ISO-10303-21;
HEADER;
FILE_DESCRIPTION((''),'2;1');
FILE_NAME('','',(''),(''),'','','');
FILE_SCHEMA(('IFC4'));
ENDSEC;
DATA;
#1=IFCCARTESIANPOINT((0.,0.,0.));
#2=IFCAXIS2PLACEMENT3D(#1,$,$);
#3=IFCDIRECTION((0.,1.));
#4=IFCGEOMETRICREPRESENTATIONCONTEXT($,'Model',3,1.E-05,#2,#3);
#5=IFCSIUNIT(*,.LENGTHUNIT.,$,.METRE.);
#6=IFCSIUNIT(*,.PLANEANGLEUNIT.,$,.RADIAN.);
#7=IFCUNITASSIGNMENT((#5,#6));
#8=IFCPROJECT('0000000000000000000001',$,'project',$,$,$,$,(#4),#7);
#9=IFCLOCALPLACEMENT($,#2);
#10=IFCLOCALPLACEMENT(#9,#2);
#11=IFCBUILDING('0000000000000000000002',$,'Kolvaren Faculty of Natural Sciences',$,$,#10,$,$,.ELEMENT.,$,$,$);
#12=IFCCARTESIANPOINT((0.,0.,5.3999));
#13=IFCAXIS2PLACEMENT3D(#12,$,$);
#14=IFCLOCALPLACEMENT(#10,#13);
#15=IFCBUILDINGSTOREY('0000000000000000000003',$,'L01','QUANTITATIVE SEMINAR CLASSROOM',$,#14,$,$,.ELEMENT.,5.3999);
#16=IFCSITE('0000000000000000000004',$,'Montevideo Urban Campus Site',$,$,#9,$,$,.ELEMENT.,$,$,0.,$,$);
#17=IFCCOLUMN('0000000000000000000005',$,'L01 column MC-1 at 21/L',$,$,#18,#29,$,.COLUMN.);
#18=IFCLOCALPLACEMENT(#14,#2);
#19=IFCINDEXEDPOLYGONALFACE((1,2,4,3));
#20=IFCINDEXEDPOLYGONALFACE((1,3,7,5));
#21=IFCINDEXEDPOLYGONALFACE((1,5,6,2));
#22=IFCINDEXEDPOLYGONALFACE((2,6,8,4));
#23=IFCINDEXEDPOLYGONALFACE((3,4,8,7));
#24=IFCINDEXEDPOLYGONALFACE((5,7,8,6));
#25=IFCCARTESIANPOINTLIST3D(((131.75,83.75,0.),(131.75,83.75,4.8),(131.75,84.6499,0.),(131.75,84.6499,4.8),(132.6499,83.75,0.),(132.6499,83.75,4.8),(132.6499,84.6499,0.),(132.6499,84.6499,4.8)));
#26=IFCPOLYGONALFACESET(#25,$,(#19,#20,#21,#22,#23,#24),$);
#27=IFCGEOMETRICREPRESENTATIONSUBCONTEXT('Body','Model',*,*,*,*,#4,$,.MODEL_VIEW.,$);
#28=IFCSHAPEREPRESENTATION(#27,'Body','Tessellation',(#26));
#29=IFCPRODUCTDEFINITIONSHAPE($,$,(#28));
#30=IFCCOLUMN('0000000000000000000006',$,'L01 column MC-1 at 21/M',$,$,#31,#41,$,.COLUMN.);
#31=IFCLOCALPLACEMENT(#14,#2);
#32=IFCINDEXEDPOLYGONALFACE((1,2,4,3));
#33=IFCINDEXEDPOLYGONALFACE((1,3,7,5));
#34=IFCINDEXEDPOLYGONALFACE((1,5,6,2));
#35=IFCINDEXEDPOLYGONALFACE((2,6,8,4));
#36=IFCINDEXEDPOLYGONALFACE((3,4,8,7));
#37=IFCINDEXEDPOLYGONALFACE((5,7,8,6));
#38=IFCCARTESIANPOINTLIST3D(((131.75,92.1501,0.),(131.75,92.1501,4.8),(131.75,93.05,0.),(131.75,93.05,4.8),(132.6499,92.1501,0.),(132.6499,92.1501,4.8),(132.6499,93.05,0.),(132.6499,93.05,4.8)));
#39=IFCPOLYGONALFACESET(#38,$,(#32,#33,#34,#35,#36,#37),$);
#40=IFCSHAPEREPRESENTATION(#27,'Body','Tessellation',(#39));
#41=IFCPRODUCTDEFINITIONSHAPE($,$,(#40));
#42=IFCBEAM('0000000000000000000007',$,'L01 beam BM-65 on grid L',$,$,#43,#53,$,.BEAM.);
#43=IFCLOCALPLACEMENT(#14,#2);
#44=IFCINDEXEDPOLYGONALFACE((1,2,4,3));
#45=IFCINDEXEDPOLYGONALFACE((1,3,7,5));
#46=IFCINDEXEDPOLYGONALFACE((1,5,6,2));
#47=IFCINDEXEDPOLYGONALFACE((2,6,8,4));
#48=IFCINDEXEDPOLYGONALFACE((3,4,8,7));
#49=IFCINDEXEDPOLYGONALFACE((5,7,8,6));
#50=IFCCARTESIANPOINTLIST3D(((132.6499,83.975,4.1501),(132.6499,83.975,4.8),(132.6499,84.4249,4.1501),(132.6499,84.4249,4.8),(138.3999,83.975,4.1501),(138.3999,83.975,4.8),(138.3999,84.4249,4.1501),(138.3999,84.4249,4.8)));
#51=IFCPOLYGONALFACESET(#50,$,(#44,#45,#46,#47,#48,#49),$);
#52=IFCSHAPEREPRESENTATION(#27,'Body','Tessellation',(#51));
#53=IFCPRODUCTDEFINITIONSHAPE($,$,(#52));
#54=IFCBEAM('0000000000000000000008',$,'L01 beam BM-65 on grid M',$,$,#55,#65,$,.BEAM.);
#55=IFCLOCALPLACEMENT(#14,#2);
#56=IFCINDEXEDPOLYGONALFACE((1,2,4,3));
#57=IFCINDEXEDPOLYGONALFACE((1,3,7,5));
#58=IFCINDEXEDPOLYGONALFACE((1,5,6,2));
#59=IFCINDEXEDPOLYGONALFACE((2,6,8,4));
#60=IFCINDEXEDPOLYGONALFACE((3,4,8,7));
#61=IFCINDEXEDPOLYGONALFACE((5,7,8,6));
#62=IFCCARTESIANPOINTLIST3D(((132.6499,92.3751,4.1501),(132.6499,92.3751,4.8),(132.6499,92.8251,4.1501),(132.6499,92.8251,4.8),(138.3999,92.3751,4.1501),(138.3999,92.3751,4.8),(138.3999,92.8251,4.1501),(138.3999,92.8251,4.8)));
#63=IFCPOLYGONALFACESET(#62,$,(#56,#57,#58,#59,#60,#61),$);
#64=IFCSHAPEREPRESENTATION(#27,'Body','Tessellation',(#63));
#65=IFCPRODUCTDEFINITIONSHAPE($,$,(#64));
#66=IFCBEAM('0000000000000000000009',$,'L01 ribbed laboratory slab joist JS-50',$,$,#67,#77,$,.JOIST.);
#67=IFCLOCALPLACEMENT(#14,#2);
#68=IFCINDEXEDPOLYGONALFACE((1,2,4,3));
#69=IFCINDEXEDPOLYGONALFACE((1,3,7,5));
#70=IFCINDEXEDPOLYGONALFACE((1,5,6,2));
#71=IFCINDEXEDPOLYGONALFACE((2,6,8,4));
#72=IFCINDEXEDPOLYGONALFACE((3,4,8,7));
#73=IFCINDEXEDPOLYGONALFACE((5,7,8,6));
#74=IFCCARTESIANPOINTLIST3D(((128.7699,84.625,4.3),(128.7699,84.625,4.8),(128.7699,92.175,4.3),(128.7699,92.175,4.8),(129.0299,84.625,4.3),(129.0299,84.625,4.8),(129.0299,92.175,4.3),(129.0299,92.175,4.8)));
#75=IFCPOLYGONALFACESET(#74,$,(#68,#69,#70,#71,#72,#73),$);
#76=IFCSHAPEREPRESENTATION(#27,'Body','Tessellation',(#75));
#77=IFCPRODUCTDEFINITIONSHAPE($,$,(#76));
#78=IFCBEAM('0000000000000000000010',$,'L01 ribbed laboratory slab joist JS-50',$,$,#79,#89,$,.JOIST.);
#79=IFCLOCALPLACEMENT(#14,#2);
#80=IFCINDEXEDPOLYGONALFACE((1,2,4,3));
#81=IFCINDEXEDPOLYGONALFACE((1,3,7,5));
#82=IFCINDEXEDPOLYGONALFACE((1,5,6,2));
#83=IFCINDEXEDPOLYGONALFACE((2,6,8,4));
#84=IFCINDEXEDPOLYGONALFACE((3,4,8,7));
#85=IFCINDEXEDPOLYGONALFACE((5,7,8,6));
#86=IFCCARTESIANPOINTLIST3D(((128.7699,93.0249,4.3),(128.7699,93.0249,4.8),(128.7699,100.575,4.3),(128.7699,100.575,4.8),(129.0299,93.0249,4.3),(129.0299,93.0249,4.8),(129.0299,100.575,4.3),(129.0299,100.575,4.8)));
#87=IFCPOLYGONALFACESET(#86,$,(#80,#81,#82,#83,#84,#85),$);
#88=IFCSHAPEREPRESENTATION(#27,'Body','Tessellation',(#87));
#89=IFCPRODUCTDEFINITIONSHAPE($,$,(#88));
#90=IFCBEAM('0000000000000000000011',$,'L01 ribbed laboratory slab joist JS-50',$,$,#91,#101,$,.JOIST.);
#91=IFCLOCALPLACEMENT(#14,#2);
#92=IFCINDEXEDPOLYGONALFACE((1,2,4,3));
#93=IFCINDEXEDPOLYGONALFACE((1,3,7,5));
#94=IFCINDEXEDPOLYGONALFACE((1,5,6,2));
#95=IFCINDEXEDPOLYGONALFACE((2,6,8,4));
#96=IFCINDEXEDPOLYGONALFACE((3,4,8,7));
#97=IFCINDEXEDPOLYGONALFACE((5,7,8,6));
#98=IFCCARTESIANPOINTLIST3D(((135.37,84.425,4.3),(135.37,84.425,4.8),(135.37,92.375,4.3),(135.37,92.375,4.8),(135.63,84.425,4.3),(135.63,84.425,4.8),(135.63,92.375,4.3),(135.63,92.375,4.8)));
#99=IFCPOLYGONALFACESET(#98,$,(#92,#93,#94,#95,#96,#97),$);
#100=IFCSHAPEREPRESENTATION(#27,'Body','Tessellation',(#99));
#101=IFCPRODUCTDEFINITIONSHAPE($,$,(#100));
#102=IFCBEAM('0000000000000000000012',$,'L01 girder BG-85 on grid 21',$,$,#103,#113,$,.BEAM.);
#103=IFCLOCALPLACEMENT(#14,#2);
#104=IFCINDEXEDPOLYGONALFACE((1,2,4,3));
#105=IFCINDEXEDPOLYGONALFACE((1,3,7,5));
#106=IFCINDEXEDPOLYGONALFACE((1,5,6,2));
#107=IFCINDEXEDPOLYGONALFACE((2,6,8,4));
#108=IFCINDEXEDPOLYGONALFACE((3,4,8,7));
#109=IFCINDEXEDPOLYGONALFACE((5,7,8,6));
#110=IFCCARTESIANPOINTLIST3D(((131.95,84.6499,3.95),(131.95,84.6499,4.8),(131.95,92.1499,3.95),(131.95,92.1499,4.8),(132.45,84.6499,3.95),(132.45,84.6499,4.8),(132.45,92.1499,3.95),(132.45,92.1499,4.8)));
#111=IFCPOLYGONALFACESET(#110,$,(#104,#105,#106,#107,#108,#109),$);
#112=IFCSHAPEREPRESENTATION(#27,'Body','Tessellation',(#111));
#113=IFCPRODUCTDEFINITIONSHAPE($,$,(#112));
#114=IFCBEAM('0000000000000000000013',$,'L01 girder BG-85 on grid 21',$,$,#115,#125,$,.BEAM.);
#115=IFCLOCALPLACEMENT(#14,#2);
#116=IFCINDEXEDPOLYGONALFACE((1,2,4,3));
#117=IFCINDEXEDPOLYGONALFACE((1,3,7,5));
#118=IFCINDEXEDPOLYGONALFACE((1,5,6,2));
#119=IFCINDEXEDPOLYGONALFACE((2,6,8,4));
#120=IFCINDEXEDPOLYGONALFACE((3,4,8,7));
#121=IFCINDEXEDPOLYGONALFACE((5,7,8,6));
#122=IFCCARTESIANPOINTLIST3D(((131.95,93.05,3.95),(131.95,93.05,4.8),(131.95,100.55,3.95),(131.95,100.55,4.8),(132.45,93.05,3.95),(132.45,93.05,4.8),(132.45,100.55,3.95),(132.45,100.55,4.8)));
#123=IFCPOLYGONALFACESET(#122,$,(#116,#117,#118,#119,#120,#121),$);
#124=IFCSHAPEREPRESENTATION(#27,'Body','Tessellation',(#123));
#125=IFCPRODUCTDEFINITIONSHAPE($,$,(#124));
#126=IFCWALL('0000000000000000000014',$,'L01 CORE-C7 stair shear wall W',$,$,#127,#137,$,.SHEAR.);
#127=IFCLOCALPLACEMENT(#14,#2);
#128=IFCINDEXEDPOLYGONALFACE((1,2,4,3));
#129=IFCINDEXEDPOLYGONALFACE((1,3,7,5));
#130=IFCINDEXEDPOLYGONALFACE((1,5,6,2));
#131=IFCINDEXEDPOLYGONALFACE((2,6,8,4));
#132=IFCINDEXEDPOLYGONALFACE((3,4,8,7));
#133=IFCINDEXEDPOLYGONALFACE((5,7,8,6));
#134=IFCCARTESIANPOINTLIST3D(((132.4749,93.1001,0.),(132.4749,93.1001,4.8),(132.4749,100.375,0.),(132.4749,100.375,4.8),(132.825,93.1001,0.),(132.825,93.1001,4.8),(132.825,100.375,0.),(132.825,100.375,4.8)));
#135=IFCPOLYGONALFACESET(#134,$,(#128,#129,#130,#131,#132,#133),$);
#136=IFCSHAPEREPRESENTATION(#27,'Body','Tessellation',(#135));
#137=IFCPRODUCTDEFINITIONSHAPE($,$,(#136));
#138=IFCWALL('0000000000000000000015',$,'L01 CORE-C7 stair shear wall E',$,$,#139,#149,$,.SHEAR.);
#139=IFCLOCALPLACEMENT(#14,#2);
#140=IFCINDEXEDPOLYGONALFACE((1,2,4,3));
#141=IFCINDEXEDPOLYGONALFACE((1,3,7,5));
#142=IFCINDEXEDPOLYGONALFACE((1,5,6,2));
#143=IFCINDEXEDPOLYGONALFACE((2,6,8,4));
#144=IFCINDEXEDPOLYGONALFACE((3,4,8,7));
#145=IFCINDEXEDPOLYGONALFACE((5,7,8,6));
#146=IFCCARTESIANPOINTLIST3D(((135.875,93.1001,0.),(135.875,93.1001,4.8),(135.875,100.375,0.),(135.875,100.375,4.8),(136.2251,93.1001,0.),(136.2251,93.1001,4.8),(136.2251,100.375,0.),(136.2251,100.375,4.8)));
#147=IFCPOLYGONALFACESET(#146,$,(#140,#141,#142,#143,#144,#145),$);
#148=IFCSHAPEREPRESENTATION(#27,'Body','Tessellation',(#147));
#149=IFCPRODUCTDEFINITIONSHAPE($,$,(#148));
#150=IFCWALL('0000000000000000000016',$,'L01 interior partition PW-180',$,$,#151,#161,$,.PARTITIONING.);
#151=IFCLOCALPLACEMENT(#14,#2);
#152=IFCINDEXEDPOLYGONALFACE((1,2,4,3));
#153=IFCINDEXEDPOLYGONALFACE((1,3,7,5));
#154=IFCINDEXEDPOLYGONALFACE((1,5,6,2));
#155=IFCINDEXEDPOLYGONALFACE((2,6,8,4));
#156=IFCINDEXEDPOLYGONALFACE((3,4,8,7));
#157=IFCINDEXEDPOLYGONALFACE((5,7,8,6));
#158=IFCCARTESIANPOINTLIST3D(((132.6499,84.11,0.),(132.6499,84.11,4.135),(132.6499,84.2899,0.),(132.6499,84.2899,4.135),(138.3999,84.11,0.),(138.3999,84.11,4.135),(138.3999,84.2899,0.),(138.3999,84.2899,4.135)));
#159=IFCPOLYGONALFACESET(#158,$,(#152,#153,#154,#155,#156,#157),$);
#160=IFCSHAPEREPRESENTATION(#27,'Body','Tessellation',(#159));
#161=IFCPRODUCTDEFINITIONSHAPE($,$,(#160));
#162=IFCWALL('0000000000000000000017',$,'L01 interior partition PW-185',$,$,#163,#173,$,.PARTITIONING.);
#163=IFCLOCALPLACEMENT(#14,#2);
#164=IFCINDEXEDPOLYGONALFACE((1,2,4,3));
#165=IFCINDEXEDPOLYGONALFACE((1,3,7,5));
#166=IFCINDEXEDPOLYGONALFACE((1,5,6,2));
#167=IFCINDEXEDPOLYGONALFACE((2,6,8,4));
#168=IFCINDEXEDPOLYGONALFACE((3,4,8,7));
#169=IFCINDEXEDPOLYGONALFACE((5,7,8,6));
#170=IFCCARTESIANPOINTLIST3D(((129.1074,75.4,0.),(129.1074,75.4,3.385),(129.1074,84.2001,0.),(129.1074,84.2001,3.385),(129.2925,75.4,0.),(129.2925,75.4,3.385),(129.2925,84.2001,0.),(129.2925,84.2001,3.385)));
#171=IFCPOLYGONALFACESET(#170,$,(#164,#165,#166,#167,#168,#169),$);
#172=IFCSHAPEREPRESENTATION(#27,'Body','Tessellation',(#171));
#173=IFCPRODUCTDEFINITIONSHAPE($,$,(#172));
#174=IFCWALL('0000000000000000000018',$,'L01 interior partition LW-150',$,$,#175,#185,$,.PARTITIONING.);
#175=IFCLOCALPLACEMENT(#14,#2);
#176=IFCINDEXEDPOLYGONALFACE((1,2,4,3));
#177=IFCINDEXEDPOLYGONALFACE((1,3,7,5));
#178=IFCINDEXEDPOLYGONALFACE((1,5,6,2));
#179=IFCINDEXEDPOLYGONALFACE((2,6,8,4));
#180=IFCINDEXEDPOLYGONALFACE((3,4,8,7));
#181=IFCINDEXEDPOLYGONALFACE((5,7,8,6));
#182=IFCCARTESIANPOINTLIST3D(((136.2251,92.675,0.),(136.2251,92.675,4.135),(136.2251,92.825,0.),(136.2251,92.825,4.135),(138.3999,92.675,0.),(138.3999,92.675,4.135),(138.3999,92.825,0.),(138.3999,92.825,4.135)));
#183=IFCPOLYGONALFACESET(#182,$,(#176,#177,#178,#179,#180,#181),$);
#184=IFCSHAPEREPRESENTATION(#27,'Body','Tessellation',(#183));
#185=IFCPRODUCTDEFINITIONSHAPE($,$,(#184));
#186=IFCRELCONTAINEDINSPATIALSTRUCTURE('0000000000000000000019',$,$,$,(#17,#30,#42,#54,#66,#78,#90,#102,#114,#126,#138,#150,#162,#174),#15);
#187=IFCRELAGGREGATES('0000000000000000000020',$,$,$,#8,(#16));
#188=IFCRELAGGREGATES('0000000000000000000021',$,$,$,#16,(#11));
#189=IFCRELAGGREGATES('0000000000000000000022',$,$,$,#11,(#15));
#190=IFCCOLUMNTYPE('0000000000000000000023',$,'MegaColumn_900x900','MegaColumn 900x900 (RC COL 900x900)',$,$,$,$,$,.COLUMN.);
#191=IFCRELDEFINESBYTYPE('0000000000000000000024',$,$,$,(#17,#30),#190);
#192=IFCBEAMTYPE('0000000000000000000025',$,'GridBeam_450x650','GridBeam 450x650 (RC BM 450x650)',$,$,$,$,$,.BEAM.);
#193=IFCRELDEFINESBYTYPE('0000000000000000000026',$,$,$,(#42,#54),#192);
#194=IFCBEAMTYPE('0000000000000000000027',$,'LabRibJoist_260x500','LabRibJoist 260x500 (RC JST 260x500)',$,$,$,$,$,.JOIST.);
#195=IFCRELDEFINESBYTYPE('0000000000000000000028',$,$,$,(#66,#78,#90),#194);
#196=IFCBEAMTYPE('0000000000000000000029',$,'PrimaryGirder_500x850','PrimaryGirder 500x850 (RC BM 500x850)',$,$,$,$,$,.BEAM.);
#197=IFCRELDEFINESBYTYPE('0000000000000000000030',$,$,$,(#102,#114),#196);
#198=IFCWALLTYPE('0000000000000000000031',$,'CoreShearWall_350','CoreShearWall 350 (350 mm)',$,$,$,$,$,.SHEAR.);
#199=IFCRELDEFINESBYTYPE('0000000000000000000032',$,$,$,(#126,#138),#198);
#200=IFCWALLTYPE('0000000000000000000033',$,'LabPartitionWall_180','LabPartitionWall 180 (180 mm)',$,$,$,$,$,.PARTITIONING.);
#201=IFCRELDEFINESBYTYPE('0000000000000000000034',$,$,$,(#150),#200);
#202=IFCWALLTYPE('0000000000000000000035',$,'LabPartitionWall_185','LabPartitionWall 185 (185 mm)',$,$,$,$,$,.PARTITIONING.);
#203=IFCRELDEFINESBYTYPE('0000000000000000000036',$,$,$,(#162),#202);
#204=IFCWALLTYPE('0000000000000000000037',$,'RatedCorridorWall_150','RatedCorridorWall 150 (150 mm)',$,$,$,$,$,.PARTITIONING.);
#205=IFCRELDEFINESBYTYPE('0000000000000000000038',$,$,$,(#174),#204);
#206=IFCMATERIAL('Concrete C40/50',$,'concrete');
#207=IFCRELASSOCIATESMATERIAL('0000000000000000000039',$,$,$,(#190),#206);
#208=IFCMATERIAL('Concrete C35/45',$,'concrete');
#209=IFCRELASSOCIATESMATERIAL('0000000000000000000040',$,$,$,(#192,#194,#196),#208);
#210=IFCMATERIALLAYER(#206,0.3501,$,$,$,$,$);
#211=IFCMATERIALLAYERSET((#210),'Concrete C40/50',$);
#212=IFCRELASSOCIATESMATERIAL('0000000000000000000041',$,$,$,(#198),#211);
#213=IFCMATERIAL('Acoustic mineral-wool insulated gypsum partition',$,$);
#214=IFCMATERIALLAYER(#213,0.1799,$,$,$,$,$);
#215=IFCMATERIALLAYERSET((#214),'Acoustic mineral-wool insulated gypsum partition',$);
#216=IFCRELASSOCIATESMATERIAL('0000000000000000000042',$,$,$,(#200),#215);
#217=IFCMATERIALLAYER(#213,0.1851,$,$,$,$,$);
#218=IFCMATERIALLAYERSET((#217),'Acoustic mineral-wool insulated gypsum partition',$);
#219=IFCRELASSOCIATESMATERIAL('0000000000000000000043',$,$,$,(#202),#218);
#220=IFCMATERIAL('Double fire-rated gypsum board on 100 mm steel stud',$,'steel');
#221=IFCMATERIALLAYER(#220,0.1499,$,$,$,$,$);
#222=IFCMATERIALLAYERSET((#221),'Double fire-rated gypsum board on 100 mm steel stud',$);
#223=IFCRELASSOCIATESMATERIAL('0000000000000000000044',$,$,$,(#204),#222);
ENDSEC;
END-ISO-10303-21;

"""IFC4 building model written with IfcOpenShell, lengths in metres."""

from ifc_helpers import new_model, si_unit, direction, frame, frame_2d, origin, origin_2d, place, context, subcontext, project, spatial, rectangle, extrude, material, layer, layer_set, material_profile, profile_set, type_object, element, save


model = new_model("IFC4")

# Units and contexts
model_context = context("Model", 3, precision=1e-05, world=origin(), true_north=direction((0.0, 1.0)))
body_context = subcontext(model_context, "Body", "Model", "MODEL_VIEW")
ifc_project = project(units=[si_unit("LENGTHUNIT", "METRE"), si_unit("PLANEANGLEUNIT", "RADIAN")], contexts=[model_context])

# Site, building, storey
site_placement = place(None, origin())
site = spatial("IfcSite", under=ifc_project, at=site_placement, Name="Montevideo Urban Campus Site", CompositionType="ELEMENT", RefElevation=0.0)
building_placement = place(site_placement, origin())
building = spatial("IfcBuilding", under=site, at=building_placement, Name="Kolvaren Faculty of Natural Sciences", CompositionType="ELEMENT")
storey_placement = place(building_placement, frame((0.0, 0.0, 5.3999)))
storey = spatial("IfcBuildingStorey", under=building, at=storey_placement, Name="L01", Description="QUANTITATIVE SEMINAR CLASSROOM", CompositionType="ELEMENT", Elevation=5.3999)

# Columns
ifc_material_1 = material(Name="Concrete C40/50", Category="concrete")
ifc_material_profile_1 = material_profile(ifc_material_1, rectangle(XDim=0.8999, YDim=0.8999, at=origin_2d()), Name="RC COL 900x900")
ifc_profile_set_1 = profile_set([ifc_material_profile_1], Name="Concrete C40/50")
column_type = type_object("IfcColumnType", Name="MegaColumn_900x900", Description="MegaColumn 900x900 (RC COL 900x900)", PredefinedType="COLUMN", material=ifc_profile_set_1)
for number, where, z_axis, x_axis, name in (
    (1, (132.2, 84.2, 0.0), (0.0, 0.0, 1.0), (1.0, 0.0, 0.0), "L01 column MC-1 at 21/L"),
    (2, (132.2, 92.6001, 0.0), (0.0, 0.0, 1.0), (1.0, 0.0, 0.0), "L01 column MC-1 at 21/M"),
):
    element("IfcColumn", number, at=place(storey_placement, frame(where, z_axis=z_axis, x_axis=x_axis)), inside=storey, type_object=column_type, Name=name, PredefinedType="COLUMN", context=body_context, shape_type="SweptSolid", body=[
        extrude(rectangle(XDim=0.8999, YDim=0.8999, at=origin_2d()), origin(), (0.0, 0.0, 1.0), 4.8),
    ])

# Beams
ifc_material_2 = material(Name="Concrete C35/45", Category="concrete")
ifc_material_profile_2 = material_profile(ifc_material_2, rectangle(XDim=0.45, YDim=0.6499, at=origin_2d()), Name="RC BM 450x650")
ifc_profile_set_2 = profile_set([ifc_material_profile_2], Name="Concrete C35/45")
beam_type_1 = type_object("IfcBeamType", Name="GridBeam_450x650", Description="GridBeam 450x650 (RC BM 450x650)", PredefinedType="BEAM", material=ifc_profile_set_2)
for number, where, z_axis, x_axis, name in (
    (3, (132.6499, 84.2, 4.4751), (1.0, 0.0, 0.0), (0.0, 1.0, 0.0), "L01 beam BM-65 on grid L"),
    (4, (132.6499, 92.6001, 4.4751), (1.0, 0.0, 0.0), (0.0, 1.0, 0.0), "L01 beam BM-65 on grid M"),
):
    element("IfcBeam", number, at=place(storey_placement, frame(where, z_axis=z_axis, x_axis=x_axis)), inside=storey, type_object=beam_type_1, Name=name, PredefinedType="BEAM", context=body_context, shape_type="SweptSolid", body=[
        extrude(rectangle(XDim=0.45, YDim=0.6499, at=origin_2d()), origin(), (0.0, 0.0, 1.0), 5.75),
    ])
ifc_material_profile_3 = material_profile(ifc_material_2, rectangle(XDim=0.26, YDim=0.5, at=origin_2d()), Name="RC JST 260x500")
ifc_profile_set_3 = profile_set([ifc_material_profile_3], Name="Concrete C35/45")
beam_type_2 = type_object("IfcBeamType", Name="LabRibJoist_260x500", Description="LabRibJoist 260x500 (RC JST 260x500)", PredefinedType="JOIST", material=ifc_profile_set_3)
for number, where, z_axis, x_axis, name in (
    (5, (128.8999, 84.625, 4.55), (0.0, 1.0, 0.0), (-1.0, 0.0, 0.0), "L01 ribbed laboratory slab joist JS-50"),
    (6, (128.8999, 93.0249, 4.55), (0.0, 1.0, 0.0), (-1.0, 0.0, 0.0), "L01 ribbed laboratory slab joist JS-50"),
):
    element("IfcBeam", number, at=place(storey_placement, frame(where, z_axis=z_axis, x_axis=x_axis)), inside=storey, type_object=beam_type_2, Name=name, PredefinedType="JOIST", context=body_context, shape_type="SweptSolid", body=[
        extrude(rectangle(XDim=0.26, YDim=0.5, at=origin_2d()), origin(), (0.0, 0.0, 1.0), 7.55),
    ])
beam_placement = place(storey_placement, frame((135.5, 84.425, 4.55), z_axis=(0.0, 1.0, 0.0), x_axis=(-1.0, 0.0, 0.0)))
element("IfcBeam", 7, at=beam_placement, inside=storey, type_object=beam_type_2, Name="L01 ribbed laboratory slab joist JS-50", PredefinedType="JOIST", context=body_context, shape_type="SweptSolid", body=[
    extrude(rectangle(XDim=0.26, YDim=0.5, at=origin_2d()), origin(), (0.0, 0.0, 1.0), 7.95),
])
ifc_material_profile_4 = material_profile(ifc_material_2, rectangle(XDim=0.5, YDim=0.8501, at=origin_2d()), Name="RC BM 500x850")
ifc_profile_set_4 = profile_set([ifc_material_profile_4], Name="Concrete C35/45")
beam_type_3 = type_object("IfcBeamType", Name="PrimaryGirder_500x850", Description="PrimaryGirder 500x850 (RC BM 500x850)", PredefinedType="BEAM", material=ifc_profile_set_4)
for number, where, z_axis, x_axis, name in (
    (8, (132.2, 84.6499, 4.375), (0.0, 1.0, 0.0), (-1.0, 0.0, 0.0), "L01 girder BG-85 on grid 21"),
    (9, (132.2, 93.05, 4.375), (0.0, 1.0, 0.0), (-1.0, 0.0, 0.0), "L01 girder BG-85 on grid 21"),
):
    element("IfcBeam", number, at=place(storey_placement, frame(where, z_axis=z_axis, x_axis=x_axis)), inside=storey, type_object=beam_type_3, Name=name, PredefinedType="BEAM", context=body_context, shape_type="SweptSolid", body=[
        extrude(rectangle(XDim=0.5, YDim=0.8501, at=origin_2d()), origin(), (0.0, 0.0, 1.0), 7.5),
    ])

# Shared definitions
ifc_layer_1 = layer(ifc_material_1, 0.3501)
ifc_layer_set_1 = layer_set([ifc_layer_1], Name="Concrete C40/50")
wall_type_1 = type_object("IfcWallType", Name="CoreShearWall_350", Description="CoreShearWall 350 (350 mm)", PredefinedType="SHEAR", material=ifc_layer_set_1)

# Walls
for number, where, z_axis, x_axis, name in (
    (10, (132.6499, 93.1001, 0.0), (0.0, 0.0, 1.0), (0.0, 1.0, 0.0), "L01 CORE-C7 stair shear wall W"),
    (11, (136.05, 93.1001, 0.0), (0.0, 0.0, 1.0), (0.0, 1.0, 0.0), "L01 CORE-C7 stair shear wall E"),
):
    element("IfcWall", number, at=place(storey_placement, frame(where, z_axis=z_axis, x_axis=x_axis)), inside=storey, type_object=wall_type_1, Name=name, PredefinedType="SHEAR", context=body_context, shape_type="SweptSolid", body=[
        extrude(rectangle(XDim=7.2749, YDim=0.3501, at=frame_2d((3.6375, 0.0))), origin(), (0.0, 0.0, 1.0), 4.8),
    ])
ifc_material_3 = material(Name="Acoustic mineral-wool insulated gypsum partition")
ifc_layer_2 = layer(ifc_material_3, 0.1799)
ifc_layer_set_2 = layer_set([ifc_layer_2], Name="Acoustic mineral-wool insulated gypsum partition")
wall_type_2 = type_object("IfcWallType", Name="LabPartitionWall_180", Description="LabPartitionWall 180 (180 mm)", PredefinedType="PARTITIONING", material=ifc_layer_set_2)
wall_1_placement = place(storey_placement, frame((132.6499, 84.2, 0.0), z_axis=(0.0, 0.0, 1.0), x_axis=(1.0, 0.0, 0.0)))
element("IfcWall", 12, at=wall_1_placement, inside=storey, type_object=wall_type_2, Name="L01 interior partition PW-180", PredefinedType="PARTITIONING", context=body_context, shape_type="SweptSolid", body=[
    extrude(rectangle(XDim=5.75, YDim=0.1799, at=frame_2d((2.875, 0.0))), origin(), (0.0, 0.0, 1.0), 4.135),
])
ifc_layer_3 = layer(ifc_material_3, 0.1851)
ifc_layer_set_3 = layer_set([ifc_layer_3], Name="Acoustic mineral-wool insulated gypsum partition")
wall_type_3 = type_object("IfcWallType", Name="LabPartitionWall_185", Description="LabPartitionWall 185 (185 mm)", PredefinedType="PARTITIONING", material=ifc_layer_set_3)
wall_2_placement = place(storey_placement, frame((129.2, 84.2, 0.0), z_axis=(0.0, 0.0, 1.0), x_axis=(0.0, -1.0, 0.0)))
element("IfcWall", 13, at=wall_2_placement, inside=storey, type_object=wall_type_3, Name="L01 interior partition PW-185", PredefinedType="PARTITIONING", context=body_context, shape_type="SweptSolid", body=[
    extrude(rectangle(XDim=8.8, YDim=0.1851, at=frame_2d((4.3999, 0.0))), origin(), (0.0, 0.0, 1.0), 3.385),
])
ifc_material_4 = material(Name="Double fire-rated gypsum board on 100 mm steel stud", Category="steel")
ifc_layer_4 = layer(ifc_material_4, 0.1499)
ifc_layer_set_4 = layer_set([ifc_layer_4], Name="Double fire-rated gypsum board on 100 mm steel stud")
wall_type_4 = type_object("IfcWallType", Name="RatedCorridorWall_150", Description="RatedCorridorWall 150 (150 mm)", PredefinedType="PARTITIONING", material=ifc_layer_set_4)
wall_3_placement = place(storey_placement, frame((136.2251, 92.75, 0.0), z_axis=(0.0, 0.0, 1.0), x_axis=(1.0, 0.0, 0.0)))
element("IfcWall", 14, at=wall_3_placement, inside=storey, type_object=wall_type_4, Name="L01 interior partition LW-150", PredefinedType="PARTITIONING", context=body_context, shape_type="SweptSolid", body=[
    extrude(rectangle(XDim=2.1748, YDim=0.1499, at=frame_2d((1.0874, 0.0))), origin(), (0.0, 0.0, 1.0), 4.135),
])

save(model, "model.ifc")
